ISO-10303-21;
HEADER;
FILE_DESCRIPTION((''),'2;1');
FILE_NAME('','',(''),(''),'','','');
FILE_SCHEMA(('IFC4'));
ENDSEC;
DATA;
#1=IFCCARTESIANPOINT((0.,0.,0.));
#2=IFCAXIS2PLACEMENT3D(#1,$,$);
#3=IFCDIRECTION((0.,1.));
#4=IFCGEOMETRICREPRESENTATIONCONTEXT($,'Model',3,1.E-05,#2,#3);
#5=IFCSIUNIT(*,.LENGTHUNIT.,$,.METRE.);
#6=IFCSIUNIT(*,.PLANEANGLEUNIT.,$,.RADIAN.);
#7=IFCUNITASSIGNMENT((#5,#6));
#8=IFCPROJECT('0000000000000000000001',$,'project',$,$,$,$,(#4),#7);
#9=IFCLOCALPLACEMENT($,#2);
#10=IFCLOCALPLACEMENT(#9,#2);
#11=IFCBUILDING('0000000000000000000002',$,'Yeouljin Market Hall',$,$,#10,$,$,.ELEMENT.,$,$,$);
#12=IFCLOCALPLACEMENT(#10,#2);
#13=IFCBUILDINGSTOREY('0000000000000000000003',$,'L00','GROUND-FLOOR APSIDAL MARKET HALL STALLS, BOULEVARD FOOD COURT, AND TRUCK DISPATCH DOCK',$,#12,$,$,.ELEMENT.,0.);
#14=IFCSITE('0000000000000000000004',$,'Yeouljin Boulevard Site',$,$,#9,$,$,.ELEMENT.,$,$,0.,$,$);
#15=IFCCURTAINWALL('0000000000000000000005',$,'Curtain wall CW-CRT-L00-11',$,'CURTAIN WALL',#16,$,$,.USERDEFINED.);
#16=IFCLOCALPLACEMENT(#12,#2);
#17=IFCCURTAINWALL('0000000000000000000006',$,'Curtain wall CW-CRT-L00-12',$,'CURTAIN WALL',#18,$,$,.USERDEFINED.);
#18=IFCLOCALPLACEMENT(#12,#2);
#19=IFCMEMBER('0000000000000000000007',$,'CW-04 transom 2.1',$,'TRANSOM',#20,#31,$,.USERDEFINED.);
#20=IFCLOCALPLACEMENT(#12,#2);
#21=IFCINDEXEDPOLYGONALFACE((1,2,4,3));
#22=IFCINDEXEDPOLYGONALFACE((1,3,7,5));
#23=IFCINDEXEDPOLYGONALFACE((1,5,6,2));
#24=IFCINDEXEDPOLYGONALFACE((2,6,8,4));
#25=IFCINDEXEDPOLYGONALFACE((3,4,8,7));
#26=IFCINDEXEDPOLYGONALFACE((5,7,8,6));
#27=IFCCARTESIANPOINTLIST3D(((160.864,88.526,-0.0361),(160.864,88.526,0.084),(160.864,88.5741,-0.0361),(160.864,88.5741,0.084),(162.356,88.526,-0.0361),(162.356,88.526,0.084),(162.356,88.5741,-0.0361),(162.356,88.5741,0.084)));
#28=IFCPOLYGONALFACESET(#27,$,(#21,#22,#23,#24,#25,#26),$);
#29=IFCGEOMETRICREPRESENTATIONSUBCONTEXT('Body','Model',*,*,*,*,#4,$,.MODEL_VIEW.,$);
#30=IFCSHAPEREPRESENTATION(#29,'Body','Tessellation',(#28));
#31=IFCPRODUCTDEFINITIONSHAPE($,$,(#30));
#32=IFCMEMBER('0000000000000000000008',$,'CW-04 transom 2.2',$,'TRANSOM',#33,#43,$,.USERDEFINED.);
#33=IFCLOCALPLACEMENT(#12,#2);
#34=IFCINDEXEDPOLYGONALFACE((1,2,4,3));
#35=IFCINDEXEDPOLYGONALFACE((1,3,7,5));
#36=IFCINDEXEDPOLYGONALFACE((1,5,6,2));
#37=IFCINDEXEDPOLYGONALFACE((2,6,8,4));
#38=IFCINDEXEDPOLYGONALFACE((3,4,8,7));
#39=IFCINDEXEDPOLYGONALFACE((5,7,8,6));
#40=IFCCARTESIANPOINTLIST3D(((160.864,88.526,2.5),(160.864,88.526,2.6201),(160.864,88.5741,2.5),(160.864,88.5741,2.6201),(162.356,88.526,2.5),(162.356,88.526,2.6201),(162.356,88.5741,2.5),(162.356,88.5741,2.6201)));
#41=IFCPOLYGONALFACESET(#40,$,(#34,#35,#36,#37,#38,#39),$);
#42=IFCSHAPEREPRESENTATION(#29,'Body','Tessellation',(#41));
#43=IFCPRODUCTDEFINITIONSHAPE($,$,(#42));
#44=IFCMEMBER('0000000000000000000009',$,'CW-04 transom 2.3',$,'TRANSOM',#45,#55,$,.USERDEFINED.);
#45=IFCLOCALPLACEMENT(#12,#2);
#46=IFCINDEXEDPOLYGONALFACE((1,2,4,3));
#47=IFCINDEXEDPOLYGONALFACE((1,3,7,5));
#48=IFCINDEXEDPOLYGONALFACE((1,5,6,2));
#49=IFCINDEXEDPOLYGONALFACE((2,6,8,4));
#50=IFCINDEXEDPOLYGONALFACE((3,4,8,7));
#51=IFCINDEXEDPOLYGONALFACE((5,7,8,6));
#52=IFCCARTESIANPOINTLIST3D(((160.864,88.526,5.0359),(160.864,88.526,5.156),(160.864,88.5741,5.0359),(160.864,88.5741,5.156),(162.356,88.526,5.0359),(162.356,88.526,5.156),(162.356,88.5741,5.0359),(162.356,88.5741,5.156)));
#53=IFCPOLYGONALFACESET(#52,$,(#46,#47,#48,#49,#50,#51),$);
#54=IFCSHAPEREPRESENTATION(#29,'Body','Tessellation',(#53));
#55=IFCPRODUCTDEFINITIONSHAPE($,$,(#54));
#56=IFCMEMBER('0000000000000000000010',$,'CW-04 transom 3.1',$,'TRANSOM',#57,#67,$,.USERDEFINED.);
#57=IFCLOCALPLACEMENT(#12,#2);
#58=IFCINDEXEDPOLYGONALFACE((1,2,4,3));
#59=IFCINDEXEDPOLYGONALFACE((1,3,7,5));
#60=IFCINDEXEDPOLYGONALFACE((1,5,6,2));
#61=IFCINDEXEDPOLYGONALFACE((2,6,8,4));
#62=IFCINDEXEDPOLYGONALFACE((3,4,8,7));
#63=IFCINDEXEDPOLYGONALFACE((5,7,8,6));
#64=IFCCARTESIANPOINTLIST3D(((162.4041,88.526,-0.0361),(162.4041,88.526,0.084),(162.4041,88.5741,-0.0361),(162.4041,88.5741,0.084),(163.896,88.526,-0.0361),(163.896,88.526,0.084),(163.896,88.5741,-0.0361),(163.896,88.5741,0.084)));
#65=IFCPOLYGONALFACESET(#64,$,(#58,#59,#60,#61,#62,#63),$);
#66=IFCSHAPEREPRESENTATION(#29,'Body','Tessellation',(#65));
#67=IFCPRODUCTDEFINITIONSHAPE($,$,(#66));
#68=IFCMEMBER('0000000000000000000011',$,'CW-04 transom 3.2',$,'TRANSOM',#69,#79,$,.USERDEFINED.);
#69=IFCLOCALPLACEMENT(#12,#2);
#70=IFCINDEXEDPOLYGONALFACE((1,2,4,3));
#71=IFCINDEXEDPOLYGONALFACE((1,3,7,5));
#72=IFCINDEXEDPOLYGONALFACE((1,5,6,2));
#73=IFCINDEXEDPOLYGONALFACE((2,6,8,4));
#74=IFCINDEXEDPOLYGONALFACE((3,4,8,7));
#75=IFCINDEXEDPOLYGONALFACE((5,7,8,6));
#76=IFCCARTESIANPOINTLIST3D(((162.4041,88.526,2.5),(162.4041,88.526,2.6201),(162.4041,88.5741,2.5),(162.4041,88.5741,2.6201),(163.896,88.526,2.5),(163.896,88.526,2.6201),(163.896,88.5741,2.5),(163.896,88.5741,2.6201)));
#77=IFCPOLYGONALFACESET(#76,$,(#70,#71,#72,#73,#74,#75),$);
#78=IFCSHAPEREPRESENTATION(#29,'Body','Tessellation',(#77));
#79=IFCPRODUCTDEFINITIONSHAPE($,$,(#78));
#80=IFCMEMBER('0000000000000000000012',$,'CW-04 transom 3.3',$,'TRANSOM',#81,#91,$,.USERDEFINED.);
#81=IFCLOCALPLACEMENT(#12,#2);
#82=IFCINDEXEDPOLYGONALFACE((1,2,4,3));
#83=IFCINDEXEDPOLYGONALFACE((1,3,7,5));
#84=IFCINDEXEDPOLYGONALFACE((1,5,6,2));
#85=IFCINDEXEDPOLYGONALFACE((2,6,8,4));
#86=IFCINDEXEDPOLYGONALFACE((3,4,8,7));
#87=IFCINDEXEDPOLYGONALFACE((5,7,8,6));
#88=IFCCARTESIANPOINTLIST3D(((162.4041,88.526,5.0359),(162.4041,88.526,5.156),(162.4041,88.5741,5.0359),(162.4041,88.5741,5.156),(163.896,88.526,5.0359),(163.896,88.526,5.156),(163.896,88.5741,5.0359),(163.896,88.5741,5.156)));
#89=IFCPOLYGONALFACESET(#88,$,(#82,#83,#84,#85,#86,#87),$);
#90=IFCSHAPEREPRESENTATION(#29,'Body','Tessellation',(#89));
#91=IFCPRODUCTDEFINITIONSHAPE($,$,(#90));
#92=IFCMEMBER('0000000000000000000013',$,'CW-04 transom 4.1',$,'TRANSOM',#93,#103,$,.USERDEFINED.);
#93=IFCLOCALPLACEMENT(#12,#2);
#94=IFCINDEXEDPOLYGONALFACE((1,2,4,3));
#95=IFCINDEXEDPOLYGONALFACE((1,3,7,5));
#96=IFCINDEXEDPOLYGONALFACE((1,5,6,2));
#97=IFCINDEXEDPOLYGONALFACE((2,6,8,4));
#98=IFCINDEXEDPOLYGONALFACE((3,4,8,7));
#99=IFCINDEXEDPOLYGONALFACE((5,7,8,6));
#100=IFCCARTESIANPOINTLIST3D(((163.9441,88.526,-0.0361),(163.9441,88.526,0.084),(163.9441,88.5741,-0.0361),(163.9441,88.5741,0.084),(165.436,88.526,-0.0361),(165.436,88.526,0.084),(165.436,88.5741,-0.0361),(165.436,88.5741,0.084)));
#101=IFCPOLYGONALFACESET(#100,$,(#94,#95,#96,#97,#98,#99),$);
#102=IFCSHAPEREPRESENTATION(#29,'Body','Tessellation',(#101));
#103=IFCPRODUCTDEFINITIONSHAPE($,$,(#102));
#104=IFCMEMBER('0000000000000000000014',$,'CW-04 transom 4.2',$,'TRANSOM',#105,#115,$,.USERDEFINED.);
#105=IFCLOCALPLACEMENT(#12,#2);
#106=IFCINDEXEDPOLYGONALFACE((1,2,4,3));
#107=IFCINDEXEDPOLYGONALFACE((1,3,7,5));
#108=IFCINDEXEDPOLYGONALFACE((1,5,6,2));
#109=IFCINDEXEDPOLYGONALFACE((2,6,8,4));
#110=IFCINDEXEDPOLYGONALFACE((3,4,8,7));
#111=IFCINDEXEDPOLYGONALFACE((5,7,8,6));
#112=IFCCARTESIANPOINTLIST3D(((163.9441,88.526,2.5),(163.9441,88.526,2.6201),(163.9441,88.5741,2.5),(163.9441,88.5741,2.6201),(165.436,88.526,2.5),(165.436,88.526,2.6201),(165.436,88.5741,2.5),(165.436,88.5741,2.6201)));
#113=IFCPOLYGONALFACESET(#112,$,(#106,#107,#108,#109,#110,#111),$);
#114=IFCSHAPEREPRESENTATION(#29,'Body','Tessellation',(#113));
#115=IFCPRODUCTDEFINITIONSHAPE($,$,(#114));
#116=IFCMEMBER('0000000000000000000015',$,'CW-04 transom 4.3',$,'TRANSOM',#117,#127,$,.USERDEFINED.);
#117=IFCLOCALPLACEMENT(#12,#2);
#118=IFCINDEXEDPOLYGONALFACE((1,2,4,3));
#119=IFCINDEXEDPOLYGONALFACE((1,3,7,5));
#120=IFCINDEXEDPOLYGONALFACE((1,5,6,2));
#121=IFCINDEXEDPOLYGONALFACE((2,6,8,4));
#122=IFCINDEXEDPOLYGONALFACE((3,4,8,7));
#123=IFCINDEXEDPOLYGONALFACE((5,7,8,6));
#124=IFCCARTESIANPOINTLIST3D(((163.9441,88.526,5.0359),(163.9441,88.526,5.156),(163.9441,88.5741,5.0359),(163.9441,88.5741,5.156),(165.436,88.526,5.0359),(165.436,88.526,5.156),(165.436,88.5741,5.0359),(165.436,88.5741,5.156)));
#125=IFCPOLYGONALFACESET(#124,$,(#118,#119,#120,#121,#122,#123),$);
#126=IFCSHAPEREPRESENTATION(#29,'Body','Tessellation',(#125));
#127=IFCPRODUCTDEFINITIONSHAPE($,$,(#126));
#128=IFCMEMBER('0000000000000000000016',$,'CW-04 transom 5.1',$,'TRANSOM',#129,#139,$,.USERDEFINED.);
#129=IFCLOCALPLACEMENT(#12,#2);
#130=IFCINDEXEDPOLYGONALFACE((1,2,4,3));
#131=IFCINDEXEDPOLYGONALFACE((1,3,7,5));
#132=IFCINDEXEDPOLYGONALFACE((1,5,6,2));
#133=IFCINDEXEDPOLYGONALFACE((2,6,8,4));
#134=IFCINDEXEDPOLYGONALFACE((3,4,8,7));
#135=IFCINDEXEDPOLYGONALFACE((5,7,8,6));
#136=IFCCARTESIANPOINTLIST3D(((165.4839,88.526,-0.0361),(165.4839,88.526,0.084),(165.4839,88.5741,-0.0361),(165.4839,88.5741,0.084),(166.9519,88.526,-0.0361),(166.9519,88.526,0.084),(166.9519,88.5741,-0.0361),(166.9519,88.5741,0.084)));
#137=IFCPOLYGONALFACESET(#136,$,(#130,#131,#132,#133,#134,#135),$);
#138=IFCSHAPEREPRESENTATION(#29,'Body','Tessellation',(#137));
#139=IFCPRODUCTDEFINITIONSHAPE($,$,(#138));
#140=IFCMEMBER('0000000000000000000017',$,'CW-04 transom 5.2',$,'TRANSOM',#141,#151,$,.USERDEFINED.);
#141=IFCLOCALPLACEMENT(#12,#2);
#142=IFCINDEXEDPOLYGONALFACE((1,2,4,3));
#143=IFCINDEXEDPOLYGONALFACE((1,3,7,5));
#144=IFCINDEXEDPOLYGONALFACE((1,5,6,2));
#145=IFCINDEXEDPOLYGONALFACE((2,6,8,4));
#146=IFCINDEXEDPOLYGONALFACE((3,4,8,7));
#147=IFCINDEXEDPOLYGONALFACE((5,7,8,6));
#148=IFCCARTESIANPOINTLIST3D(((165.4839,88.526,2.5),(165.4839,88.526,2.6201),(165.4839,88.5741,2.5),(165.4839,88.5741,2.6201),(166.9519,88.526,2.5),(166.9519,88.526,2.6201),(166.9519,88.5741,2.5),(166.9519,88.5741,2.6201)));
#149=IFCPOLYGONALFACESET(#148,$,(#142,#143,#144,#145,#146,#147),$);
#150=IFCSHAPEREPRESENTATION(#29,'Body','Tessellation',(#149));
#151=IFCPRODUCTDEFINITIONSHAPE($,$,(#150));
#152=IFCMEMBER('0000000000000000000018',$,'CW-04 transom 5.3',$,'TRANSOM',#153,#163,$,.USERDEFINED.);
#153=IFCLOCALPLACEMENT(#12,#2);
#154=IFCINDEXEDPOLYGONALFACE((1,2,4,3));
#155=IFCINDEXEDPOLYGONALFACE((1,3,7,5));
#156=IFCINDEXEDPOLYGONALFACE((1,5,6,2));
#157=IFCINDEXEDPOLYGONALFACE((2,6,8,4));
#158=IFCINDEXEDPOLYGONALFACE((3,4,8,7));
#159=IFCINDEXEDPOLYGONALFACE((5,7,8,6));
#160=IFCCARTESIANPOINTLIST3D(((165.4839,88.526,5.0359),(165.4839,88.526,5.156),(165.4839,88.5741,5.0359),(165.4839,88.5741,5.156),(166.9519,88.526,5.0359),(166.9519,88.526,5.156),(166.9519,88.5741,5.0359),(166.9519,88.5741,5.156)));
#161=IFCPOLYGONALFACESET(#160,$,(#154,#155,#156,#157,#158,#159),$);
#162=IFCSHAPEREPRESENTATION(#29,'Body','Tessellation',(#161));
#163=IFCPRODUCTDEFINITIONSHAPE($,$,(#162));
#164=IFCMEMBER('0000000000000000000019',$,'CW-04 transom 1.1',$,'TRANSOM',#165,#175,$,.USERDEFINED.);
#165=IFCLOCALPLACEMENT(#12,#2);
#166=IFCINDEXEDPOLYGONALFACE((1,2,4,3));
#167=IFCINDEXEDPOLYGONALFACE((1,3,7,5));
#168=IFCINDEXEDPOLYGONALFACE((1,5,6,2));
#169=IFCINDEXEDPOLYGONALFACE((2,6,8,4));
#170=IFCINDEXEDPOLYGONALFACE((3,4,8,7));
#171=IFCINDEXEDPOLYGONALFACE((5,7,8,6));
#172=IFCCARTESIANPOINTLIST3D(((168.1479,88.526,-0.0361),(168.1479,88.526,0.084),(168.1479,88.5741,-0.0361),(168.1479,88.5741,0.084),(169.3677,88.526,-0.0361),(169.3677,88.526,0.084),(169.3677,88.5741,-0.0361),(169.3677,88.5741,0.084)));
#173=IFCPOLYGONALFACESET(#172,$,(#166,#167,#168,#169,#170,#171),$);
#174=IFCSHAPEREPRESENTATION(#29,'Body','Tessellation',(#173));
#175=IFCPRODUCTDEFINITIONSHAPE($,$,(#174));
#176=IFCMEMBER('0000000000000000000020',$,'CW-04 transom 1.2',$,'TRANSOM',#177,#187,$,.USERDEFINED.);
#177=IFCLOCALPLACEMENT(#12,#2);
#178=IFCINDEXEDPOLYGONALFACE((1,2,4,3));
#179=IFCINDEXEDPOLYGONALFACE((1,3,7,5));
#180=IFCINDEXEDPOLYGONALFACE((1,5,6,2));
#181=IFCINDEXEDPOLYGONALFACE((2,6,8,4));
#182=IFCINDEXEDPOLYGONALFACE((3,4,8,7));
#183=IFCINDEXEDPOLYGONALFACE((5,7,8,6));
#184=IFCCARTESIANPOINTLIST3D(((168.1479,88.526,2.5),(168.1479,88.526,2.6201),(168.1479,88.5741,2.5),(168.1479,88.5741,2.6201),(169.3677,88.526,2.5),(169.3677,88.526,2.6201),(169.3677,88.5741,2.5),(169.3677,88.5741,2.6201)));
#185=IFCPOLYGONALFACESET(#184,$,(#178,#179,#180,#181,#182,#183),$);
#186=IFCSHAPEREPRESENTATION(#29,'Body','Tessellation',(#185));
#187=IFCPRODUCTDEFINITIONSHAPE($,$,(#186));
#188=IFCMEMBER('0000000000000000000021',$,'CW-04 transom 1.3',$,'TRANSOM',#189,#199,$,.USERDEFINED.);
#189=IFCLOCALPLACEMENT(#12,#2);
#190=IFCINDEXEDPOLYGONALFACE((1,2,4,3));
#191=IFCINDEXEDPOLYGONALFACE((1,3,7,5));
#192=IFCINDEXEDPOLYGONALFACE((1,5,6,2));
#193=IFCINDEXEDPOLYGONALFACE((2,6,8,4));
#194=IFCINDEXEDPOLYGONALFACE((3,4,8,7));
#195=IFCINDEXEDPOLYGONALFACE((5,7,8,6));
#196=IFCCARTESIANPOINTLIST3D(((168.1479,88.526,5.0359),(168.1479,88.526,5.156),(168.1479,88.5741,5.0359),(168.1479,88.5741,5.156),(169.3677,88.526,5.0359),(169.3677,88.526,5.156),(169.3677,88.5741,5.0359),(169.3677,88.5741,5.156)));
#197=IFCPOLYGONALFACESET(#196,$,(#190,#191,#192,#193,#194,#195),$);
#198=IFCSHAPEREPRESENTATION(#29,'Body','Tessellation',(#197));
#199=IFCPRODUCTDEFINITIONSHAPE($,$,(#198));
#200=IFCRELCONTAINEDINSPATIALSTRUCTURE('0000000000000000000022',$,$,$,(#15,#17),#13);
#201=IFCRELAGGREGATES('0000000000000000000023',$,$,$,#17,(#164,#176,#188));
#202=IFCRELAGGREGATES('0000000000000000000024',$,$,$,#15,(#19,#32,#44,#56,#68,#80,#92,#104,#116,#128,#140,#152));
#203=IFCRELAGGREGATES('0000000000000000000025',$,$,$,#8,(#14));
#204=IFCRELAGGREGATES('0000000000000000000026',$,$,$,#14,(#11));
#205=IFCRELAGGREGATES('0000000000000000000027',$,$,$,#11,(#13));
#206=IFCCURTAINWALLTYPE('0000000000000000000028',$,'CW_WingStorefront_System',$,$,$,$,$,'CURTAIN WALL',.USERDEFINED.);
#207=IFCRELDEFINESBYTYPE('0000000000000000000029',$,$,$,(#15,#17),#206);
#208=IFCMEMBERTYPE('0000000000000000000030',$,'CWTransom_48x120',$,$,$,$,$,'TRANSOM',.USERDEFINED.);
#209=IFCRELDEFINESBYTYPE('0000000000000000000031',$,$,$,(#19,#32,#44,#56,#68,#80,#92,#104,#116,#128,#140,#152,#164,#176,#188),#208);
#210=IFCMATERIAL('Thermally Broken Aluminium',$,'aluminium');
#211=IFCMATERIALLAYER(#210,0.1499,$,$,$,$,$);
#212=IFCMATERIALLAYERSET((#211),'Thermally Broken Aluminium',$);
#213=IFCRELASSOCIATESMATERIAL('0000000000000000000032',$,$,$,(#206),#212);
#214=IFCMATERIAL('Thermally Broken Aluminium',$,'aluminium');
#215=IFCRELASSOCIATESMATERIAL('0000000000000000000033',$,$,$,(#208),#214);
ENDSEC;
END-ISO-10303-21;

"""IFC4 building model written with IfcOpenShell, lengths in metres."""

from ifc_helpers import new_model, si_unit, direction, frame, origin, origin_2d, place, context, subcontext, project, spatial, rectangle, extrude, material, layer, layer_set, material_profile, profile_set, type_object, element, aggregate, save


model = new_model("IFC4")

# Units and contexts
model_context = context("Model", 3, precision=1e-05, world=origin(), true_north=direction((0.0, 1.0)))
body_context = subcontext(model_context, "Body", "Model", "MODEL_VIEW")
ifc_project = project(units=[si_unit("LENGTHUNIT", "METRE"), si_unit("PLANEANGLEUNIT", "RADIAN")], contexts=[model_context])

# Site, building, storey
site_placement = place(None, origin())
site = spatial("IfcSite", under=ifc_project, at=site_placement, Name="Yeouljin Boulevard Site", CompositionType="ELEMENT", RefElevation=0.0)
building_placement = place(site_placement, origin())
building = spatial("IfcBuilding", under=site, at=building_placement, Name="Yeouljin Market Hall", CompositionType="ELEMENT")
storey_placement = place(building_placement, origin())
storey = spatial("IfcBuildingStorey", under=building, at=storey_placement, Name="L00", Description="GROUND-FLOOR APSIDAL MARKET HALL STALLS, BOULEVARD FOOD COURT, AND TRUCK DISPATCH DOCK", CompositionType="ELEMENT", Elevation=0.0)

# Curtain wall
ifc_material_1 = material(Name="Thermally Broken Aluminium", Category="aluminium")
ifc_layer_1 = layer(ifc_material_1, 0.1499)
ifc_layer_set_1 = layer_set([ifc_layer_1], Name="Thermally Broken Aluminium")
curtain_wall_type = type_object("IfcCurtainWallType", Name="CW_WingStorefront_System", ElementType="CURTAIN WALL", PredefinedType="USERDEFINED", material=ifc_layer_set_1)
curtain_wall_1_placement = place(storey_placement, origin())
curtain_wall_1 = element("IfcCurtainWall", 1, at=curtain_wall_1_placement, inside=storey, type_object=curtain_wall_type, Name="Curtain wall CW-CRT-L00-11", ObjectType="CURTAIN WALL", PredefinedType="USERDEFINED")

# Curtain wall
curtain_wall_2_placement = place(storey_placement, origin())
curtain_wall_2 = element("IfcCurtainWall", 2, at=curtain_wall_2_placement, inside=storey, type_object=curtain_wall_type, Name="Curtain wall CW-CRT-L00-12", ObjectType="CURTAIN WALL", PredefinedType="USERDEFINED")

# Members
ifc_material_2 = material(Name="Thermally Broken Aluminium", Category="aluminium")
ifc_material_profile_1 = material_profile(ifc_material_2, rectangle(XDim=0.0481, YDim=0.1201, at=origin_2d()), Name="CW-TRAN-48x120")
ifc_profile_set_1 = profile_set([ifc_material_profile_1], Name="Thermally Broken Aluminium")
member_type_1 = type_object("IfcMemberType", Name="CWTransom_48x120", ElementType="TRANSOM", PredefinedType="USERDEFINED", material=ifc_profile_set_1)
member_1_placement = place(storey_placement, frame((160.864, 88.55, 0.0239), z_axis=(1.0, 0.0, 0.0), x_axis=(0.0, 1.0, 0.0)))
member_1 = element("IfcMember", 3, at=member_1_placement, type_object=member_type_1, Name="CW-04 transom 2.1", ObjectType="TRANSOM", PredefinedType="USERDEFINED", context=body_context, shape_type="SweptSolid", body=[
    extrude(rectangle(XDim=0.0481, YDim=0.1201, at=origin_2d()), origin(), (0.0, 0.0, 1.0), 1.4919),
])
member_2_placement = place(storey_placement, frame((160.864, 88.55, 2.5601), z_axis=(1.0, 0.0, 0.0), x_axis=(0.0, 1.0, 0.0)))
member_2 = element("IfcMember", 4, at=member_2_placement, type_object=member_type_1, Name="CW-04 transom 2.2", ObjectType="TRANSOM", PredefinedType="USERDEFINED", context=body_context, shape_type="SweptSolid", body=[
    extrude(rectangle(XDim=0.0481, YDim=0.1201, at=origin_2d()), origin(), (0.0, 0.0, 1.0), 1.4919),
])
member_3_placement = place(storey_placement, frame((160.864, 88.55, 5.0959), z_axis=(1.0, 0.0, 0.0), x_axis=(0.0, 1.0, 0.0)))
member_3 = element("IfcMember", 5, at=member_3_placement, type_object=member_type_1, Name="CW-04 transom 2.3", ObjectType="TRANSOM", PredefinedType="USERDEFINED", context=body_context, shape_type="SweptSolid", body=[
    extrude(rectangle(XDim=0.0481, YDim=0.1201, at=origin_2d()), origin(), (0.0, 0.0, 1.0), 1.4919),
])
member_4_placement = place(storey_placement, frame((162.4041, 88.55, 0.0239), z_axis=(1.0, 0.0, 0.0), x_axis=(0.0, 1.0, 0.0)))
member_4 = element("IfcMember", 6, at=member_4_placement, type_object=member_type_1, Name="CW-04 transom 3.1", ObjectType="TRANSOM", PredefinedType="USERDEFINED", context=body_context, shape_type="SweptSolid", body=[
    extrude(rectangle(XDim=0.0481, YDim=0.1201, at=origin_2d()), origin(), (0.0, 0.0, 1.0), 1.4919),
])
member_5_placement = place(storey_placement, frame((162.4041, 88.55, 2.5601), z_axis=(1.0, 0.0, 0.0), x_axis=(0.0, 1.0, 0.0)))
member_5 = element("IfcMember", 7, at=member_5_placement, type_object=member_type_1, Name="CW-04 transom 3.2", ObjectType="TRANSOM", PredefinedType="USERDEFINED", context=body_context, shape_type="SweptSolid", body=[
    extrude(rectangle(XDim=0.0481, YDim=0.1201, at=origin_2d()), origin(), (0.0, 0.0, 1.0), 1.4919),
])
member_6_placement = place(storey_placement, frame((162.4041, 88.55, 5.0959), z_axis=(1.0, 0.0, 0.0), x_axis=(0.0, 1.0, 0.0)))
member_6 = element("IfcMember", 8, at=member_6_placement, type_object=member_type_1, Name="CW-04 transom 3.3", ObjectType="TRANSOM", PredefinedType="USERDEFINED", context=body_context, shape_type="SweptSolid", body=[
    extrude(rectangle(XDim=0.0481, YDim=0.1201, at=origin_2d()), origin(), (0.0, 0.0, 1.0), 1.4919),
])
member_7_placement = place(storey_placement, frame((163.9441, 88.55, 0.0239), z_axis=(1.0, 0.0, 0.0), x_axis=(0.0, 1.0, 0.0)))
member_7 = element("IfcMember", 9, at=member_7_placement, type_object=member_type_1, Name="CW-04 transom 4.1", ObjectType="TRANSOM", PredefinedType="USERDEFINED", context=body_context, shape_type="SweptSolid", body=[
    extrude(rectangle(XDim=0.0481, YDim=0.1201, at=origin_2d()), origin(), (0.0, 0.0, 1.0), 1.4919),
])
member_8_placement = place(storey_placement, frame((163.9441, 88.55, 2.5601), z_axis=(1.0, 0.0, 0.0), x_axis=(0.0, 1.0, 0.0)))
member_8 = element("IfcMember", 10, at=member_8_placement, type_object=member_type_1, Name="CW-04 transom 4.2", ObjectType="TRANSOM", PredefinedType="USERDEFINED", context=body_context, shape_type="SweptSolid", body=[
    extrude(rectangle(XDim=0.0481, YDim=0.1201, at=origin_2d()), origin(), (0.0, 0.0, 1.0), 1.4919),
])
member_9_placement = place(storey_placement, frame((163.9441, 88.55, 5.0959), z_axis=(1.0, 0.0, 0.0), x_axis=(0.0, 1.0, 0.0)))
member_9 = element("IfcMember", 11, at=member_9_placement, type_object=member_type_1, Name="CW-04 transom 4.3", ObjectType="TRANSOM", PredefinedType="USERDEFINED", context=body_context, shape_type="SweptSolid", body=[
    extrude(rectangle(XDim=0.0481, YDim=0.1201, at=origin_2d()), origin(), (0.0, 0.0, 1.0), 1.4919),
])
member_10_placement = place(storey_placement, frame((165.4839, 88.55, 0.0239), z_axis=(1.0, 0.0, 0.0), x_axis=(0.0, 1.0, 0.0)))
member_10 = element("IfcMember", 12, at=member_10_placement, type_object=member_type_1, Name="CW-04 transom 5.1", ObjectType="TRANSOM", PredefinedType="USERDEFINED", context=body_context, shape_type="SweptSolid", body=[
    extrude(rectangle(XDim=0.0481, YDim=0.1201, at=origin_2d()), origin(), (0.0, 0.0, 1.0), 1.468),
])
member_11_placement = place(storey_placement, frame((165.4839, 88.55, 2.5601), z_axis=(1.0, 0.0, 0.0), x_axis=(0.0, 1.0, 0.0)))
member_11 = element("IfcMember", 13, at=member_11_placement, type_object=member_type_1, Name="CW-04 transom 5.2", ObjectType="TRANSOM", PredefinedType="USERDEFINED", context=body_context, shape_type="SweptSolid", body=[
    extrude(rectangle(XDim=0.0481, YDim=0.1201, at=origin_2d()), origin(), (0.0, 0.0, 1.0), 1.468),
])
member_12_placement = place(storey_placement, frame((165.4839, 88.55, 5.0959), z_axis=(1.0, 0.0, 0.0), x_axis=(0.0, 1.0, 0.0)))
member_12 = element("IfcMember", 14, at=member_12_placement, type_object=member_type_1, Name="CW-04 transom 5.3", ObjectType="TRANSOM", PredefinedType="USERDEFINED", context=body_context, shape_type="SweptSolid", body=[
    extrude(rectangle(XDim=0.0481, YDim=0.1201, at=origin_2d()), origin(), (0.0, 0.0, 1.0), 1.468),
])
member_13_placement = place(storey_placement, frame((168.1479, 88.55, 0.0239), z_axis=(1.0, 0.0, 0.0), x_axis=(0.0, 1.0, 0.0)))
member_13 = element("IfcMember", 15, at=member_13_placement, type_object=member_type_1, Name="CW-04 transom 1.1", ObjectType="TRANSOM", PredefinedType="USERDEFINED", context=body_context, shape_type="SweptSolid", body=[
    extrude(rectangle(XDim=0.0481, YDim=0.1201, at=origin_2d()), origin(), (0.0, 0.0, 1.0), 1.2197),
])
member_14_placement = place(storey_placement, frame((168.1479, 88.55, 2.5601), z_axis=(1.0, 0.0, 0.0), x_axis=(0.0, 1.0, 0.0)))
member_14 = element("IfcMember", 16, at=member_14_placement, type_object=member_type_1, Name="CW-04 transom 1.2", ObjectType="TRANSOM", PredefinedType="USERDEFINED", context=body_context, shape_type="SweptSolid", body=[
    extrude(rectangle(XDim=0.0481, YDim=0.1201, at=origin_2d()), origin(), (0.0, 0.0, 1.0), 1.2197),
])
member_15_placement = place(storey_placement, frame((168.1479, 88.55, 5.0959), z_axis=(1.0, 0.0, 0.0), x_axis=(0.0, 1.0, 0.0)))
member_15 = element("IfcMember", 17, at=member_15_placement, type_object=member_type_1, Name="CW-04 transom 1.3", ObjectType="TRANSOM", PredefinedType="USERDEFINED", context=body_context, shape_type="SweptSolid", body=[
    extrude(rectangle(XDim=0.0481, YDim=0.1201, at=origin_2d()), origin(), (0.0, 0.0, 1.0), 1.2197),
])
aggregate(curtain_wall_2, [member_13, member_14, member_15])

aggregate(curtain_wall_1, [member_1, member_2, member_3, member_4, member_5, member_6, member_7, member_8, member_9, member_10, member_11, member_12])

save(model, "model.ifc")
